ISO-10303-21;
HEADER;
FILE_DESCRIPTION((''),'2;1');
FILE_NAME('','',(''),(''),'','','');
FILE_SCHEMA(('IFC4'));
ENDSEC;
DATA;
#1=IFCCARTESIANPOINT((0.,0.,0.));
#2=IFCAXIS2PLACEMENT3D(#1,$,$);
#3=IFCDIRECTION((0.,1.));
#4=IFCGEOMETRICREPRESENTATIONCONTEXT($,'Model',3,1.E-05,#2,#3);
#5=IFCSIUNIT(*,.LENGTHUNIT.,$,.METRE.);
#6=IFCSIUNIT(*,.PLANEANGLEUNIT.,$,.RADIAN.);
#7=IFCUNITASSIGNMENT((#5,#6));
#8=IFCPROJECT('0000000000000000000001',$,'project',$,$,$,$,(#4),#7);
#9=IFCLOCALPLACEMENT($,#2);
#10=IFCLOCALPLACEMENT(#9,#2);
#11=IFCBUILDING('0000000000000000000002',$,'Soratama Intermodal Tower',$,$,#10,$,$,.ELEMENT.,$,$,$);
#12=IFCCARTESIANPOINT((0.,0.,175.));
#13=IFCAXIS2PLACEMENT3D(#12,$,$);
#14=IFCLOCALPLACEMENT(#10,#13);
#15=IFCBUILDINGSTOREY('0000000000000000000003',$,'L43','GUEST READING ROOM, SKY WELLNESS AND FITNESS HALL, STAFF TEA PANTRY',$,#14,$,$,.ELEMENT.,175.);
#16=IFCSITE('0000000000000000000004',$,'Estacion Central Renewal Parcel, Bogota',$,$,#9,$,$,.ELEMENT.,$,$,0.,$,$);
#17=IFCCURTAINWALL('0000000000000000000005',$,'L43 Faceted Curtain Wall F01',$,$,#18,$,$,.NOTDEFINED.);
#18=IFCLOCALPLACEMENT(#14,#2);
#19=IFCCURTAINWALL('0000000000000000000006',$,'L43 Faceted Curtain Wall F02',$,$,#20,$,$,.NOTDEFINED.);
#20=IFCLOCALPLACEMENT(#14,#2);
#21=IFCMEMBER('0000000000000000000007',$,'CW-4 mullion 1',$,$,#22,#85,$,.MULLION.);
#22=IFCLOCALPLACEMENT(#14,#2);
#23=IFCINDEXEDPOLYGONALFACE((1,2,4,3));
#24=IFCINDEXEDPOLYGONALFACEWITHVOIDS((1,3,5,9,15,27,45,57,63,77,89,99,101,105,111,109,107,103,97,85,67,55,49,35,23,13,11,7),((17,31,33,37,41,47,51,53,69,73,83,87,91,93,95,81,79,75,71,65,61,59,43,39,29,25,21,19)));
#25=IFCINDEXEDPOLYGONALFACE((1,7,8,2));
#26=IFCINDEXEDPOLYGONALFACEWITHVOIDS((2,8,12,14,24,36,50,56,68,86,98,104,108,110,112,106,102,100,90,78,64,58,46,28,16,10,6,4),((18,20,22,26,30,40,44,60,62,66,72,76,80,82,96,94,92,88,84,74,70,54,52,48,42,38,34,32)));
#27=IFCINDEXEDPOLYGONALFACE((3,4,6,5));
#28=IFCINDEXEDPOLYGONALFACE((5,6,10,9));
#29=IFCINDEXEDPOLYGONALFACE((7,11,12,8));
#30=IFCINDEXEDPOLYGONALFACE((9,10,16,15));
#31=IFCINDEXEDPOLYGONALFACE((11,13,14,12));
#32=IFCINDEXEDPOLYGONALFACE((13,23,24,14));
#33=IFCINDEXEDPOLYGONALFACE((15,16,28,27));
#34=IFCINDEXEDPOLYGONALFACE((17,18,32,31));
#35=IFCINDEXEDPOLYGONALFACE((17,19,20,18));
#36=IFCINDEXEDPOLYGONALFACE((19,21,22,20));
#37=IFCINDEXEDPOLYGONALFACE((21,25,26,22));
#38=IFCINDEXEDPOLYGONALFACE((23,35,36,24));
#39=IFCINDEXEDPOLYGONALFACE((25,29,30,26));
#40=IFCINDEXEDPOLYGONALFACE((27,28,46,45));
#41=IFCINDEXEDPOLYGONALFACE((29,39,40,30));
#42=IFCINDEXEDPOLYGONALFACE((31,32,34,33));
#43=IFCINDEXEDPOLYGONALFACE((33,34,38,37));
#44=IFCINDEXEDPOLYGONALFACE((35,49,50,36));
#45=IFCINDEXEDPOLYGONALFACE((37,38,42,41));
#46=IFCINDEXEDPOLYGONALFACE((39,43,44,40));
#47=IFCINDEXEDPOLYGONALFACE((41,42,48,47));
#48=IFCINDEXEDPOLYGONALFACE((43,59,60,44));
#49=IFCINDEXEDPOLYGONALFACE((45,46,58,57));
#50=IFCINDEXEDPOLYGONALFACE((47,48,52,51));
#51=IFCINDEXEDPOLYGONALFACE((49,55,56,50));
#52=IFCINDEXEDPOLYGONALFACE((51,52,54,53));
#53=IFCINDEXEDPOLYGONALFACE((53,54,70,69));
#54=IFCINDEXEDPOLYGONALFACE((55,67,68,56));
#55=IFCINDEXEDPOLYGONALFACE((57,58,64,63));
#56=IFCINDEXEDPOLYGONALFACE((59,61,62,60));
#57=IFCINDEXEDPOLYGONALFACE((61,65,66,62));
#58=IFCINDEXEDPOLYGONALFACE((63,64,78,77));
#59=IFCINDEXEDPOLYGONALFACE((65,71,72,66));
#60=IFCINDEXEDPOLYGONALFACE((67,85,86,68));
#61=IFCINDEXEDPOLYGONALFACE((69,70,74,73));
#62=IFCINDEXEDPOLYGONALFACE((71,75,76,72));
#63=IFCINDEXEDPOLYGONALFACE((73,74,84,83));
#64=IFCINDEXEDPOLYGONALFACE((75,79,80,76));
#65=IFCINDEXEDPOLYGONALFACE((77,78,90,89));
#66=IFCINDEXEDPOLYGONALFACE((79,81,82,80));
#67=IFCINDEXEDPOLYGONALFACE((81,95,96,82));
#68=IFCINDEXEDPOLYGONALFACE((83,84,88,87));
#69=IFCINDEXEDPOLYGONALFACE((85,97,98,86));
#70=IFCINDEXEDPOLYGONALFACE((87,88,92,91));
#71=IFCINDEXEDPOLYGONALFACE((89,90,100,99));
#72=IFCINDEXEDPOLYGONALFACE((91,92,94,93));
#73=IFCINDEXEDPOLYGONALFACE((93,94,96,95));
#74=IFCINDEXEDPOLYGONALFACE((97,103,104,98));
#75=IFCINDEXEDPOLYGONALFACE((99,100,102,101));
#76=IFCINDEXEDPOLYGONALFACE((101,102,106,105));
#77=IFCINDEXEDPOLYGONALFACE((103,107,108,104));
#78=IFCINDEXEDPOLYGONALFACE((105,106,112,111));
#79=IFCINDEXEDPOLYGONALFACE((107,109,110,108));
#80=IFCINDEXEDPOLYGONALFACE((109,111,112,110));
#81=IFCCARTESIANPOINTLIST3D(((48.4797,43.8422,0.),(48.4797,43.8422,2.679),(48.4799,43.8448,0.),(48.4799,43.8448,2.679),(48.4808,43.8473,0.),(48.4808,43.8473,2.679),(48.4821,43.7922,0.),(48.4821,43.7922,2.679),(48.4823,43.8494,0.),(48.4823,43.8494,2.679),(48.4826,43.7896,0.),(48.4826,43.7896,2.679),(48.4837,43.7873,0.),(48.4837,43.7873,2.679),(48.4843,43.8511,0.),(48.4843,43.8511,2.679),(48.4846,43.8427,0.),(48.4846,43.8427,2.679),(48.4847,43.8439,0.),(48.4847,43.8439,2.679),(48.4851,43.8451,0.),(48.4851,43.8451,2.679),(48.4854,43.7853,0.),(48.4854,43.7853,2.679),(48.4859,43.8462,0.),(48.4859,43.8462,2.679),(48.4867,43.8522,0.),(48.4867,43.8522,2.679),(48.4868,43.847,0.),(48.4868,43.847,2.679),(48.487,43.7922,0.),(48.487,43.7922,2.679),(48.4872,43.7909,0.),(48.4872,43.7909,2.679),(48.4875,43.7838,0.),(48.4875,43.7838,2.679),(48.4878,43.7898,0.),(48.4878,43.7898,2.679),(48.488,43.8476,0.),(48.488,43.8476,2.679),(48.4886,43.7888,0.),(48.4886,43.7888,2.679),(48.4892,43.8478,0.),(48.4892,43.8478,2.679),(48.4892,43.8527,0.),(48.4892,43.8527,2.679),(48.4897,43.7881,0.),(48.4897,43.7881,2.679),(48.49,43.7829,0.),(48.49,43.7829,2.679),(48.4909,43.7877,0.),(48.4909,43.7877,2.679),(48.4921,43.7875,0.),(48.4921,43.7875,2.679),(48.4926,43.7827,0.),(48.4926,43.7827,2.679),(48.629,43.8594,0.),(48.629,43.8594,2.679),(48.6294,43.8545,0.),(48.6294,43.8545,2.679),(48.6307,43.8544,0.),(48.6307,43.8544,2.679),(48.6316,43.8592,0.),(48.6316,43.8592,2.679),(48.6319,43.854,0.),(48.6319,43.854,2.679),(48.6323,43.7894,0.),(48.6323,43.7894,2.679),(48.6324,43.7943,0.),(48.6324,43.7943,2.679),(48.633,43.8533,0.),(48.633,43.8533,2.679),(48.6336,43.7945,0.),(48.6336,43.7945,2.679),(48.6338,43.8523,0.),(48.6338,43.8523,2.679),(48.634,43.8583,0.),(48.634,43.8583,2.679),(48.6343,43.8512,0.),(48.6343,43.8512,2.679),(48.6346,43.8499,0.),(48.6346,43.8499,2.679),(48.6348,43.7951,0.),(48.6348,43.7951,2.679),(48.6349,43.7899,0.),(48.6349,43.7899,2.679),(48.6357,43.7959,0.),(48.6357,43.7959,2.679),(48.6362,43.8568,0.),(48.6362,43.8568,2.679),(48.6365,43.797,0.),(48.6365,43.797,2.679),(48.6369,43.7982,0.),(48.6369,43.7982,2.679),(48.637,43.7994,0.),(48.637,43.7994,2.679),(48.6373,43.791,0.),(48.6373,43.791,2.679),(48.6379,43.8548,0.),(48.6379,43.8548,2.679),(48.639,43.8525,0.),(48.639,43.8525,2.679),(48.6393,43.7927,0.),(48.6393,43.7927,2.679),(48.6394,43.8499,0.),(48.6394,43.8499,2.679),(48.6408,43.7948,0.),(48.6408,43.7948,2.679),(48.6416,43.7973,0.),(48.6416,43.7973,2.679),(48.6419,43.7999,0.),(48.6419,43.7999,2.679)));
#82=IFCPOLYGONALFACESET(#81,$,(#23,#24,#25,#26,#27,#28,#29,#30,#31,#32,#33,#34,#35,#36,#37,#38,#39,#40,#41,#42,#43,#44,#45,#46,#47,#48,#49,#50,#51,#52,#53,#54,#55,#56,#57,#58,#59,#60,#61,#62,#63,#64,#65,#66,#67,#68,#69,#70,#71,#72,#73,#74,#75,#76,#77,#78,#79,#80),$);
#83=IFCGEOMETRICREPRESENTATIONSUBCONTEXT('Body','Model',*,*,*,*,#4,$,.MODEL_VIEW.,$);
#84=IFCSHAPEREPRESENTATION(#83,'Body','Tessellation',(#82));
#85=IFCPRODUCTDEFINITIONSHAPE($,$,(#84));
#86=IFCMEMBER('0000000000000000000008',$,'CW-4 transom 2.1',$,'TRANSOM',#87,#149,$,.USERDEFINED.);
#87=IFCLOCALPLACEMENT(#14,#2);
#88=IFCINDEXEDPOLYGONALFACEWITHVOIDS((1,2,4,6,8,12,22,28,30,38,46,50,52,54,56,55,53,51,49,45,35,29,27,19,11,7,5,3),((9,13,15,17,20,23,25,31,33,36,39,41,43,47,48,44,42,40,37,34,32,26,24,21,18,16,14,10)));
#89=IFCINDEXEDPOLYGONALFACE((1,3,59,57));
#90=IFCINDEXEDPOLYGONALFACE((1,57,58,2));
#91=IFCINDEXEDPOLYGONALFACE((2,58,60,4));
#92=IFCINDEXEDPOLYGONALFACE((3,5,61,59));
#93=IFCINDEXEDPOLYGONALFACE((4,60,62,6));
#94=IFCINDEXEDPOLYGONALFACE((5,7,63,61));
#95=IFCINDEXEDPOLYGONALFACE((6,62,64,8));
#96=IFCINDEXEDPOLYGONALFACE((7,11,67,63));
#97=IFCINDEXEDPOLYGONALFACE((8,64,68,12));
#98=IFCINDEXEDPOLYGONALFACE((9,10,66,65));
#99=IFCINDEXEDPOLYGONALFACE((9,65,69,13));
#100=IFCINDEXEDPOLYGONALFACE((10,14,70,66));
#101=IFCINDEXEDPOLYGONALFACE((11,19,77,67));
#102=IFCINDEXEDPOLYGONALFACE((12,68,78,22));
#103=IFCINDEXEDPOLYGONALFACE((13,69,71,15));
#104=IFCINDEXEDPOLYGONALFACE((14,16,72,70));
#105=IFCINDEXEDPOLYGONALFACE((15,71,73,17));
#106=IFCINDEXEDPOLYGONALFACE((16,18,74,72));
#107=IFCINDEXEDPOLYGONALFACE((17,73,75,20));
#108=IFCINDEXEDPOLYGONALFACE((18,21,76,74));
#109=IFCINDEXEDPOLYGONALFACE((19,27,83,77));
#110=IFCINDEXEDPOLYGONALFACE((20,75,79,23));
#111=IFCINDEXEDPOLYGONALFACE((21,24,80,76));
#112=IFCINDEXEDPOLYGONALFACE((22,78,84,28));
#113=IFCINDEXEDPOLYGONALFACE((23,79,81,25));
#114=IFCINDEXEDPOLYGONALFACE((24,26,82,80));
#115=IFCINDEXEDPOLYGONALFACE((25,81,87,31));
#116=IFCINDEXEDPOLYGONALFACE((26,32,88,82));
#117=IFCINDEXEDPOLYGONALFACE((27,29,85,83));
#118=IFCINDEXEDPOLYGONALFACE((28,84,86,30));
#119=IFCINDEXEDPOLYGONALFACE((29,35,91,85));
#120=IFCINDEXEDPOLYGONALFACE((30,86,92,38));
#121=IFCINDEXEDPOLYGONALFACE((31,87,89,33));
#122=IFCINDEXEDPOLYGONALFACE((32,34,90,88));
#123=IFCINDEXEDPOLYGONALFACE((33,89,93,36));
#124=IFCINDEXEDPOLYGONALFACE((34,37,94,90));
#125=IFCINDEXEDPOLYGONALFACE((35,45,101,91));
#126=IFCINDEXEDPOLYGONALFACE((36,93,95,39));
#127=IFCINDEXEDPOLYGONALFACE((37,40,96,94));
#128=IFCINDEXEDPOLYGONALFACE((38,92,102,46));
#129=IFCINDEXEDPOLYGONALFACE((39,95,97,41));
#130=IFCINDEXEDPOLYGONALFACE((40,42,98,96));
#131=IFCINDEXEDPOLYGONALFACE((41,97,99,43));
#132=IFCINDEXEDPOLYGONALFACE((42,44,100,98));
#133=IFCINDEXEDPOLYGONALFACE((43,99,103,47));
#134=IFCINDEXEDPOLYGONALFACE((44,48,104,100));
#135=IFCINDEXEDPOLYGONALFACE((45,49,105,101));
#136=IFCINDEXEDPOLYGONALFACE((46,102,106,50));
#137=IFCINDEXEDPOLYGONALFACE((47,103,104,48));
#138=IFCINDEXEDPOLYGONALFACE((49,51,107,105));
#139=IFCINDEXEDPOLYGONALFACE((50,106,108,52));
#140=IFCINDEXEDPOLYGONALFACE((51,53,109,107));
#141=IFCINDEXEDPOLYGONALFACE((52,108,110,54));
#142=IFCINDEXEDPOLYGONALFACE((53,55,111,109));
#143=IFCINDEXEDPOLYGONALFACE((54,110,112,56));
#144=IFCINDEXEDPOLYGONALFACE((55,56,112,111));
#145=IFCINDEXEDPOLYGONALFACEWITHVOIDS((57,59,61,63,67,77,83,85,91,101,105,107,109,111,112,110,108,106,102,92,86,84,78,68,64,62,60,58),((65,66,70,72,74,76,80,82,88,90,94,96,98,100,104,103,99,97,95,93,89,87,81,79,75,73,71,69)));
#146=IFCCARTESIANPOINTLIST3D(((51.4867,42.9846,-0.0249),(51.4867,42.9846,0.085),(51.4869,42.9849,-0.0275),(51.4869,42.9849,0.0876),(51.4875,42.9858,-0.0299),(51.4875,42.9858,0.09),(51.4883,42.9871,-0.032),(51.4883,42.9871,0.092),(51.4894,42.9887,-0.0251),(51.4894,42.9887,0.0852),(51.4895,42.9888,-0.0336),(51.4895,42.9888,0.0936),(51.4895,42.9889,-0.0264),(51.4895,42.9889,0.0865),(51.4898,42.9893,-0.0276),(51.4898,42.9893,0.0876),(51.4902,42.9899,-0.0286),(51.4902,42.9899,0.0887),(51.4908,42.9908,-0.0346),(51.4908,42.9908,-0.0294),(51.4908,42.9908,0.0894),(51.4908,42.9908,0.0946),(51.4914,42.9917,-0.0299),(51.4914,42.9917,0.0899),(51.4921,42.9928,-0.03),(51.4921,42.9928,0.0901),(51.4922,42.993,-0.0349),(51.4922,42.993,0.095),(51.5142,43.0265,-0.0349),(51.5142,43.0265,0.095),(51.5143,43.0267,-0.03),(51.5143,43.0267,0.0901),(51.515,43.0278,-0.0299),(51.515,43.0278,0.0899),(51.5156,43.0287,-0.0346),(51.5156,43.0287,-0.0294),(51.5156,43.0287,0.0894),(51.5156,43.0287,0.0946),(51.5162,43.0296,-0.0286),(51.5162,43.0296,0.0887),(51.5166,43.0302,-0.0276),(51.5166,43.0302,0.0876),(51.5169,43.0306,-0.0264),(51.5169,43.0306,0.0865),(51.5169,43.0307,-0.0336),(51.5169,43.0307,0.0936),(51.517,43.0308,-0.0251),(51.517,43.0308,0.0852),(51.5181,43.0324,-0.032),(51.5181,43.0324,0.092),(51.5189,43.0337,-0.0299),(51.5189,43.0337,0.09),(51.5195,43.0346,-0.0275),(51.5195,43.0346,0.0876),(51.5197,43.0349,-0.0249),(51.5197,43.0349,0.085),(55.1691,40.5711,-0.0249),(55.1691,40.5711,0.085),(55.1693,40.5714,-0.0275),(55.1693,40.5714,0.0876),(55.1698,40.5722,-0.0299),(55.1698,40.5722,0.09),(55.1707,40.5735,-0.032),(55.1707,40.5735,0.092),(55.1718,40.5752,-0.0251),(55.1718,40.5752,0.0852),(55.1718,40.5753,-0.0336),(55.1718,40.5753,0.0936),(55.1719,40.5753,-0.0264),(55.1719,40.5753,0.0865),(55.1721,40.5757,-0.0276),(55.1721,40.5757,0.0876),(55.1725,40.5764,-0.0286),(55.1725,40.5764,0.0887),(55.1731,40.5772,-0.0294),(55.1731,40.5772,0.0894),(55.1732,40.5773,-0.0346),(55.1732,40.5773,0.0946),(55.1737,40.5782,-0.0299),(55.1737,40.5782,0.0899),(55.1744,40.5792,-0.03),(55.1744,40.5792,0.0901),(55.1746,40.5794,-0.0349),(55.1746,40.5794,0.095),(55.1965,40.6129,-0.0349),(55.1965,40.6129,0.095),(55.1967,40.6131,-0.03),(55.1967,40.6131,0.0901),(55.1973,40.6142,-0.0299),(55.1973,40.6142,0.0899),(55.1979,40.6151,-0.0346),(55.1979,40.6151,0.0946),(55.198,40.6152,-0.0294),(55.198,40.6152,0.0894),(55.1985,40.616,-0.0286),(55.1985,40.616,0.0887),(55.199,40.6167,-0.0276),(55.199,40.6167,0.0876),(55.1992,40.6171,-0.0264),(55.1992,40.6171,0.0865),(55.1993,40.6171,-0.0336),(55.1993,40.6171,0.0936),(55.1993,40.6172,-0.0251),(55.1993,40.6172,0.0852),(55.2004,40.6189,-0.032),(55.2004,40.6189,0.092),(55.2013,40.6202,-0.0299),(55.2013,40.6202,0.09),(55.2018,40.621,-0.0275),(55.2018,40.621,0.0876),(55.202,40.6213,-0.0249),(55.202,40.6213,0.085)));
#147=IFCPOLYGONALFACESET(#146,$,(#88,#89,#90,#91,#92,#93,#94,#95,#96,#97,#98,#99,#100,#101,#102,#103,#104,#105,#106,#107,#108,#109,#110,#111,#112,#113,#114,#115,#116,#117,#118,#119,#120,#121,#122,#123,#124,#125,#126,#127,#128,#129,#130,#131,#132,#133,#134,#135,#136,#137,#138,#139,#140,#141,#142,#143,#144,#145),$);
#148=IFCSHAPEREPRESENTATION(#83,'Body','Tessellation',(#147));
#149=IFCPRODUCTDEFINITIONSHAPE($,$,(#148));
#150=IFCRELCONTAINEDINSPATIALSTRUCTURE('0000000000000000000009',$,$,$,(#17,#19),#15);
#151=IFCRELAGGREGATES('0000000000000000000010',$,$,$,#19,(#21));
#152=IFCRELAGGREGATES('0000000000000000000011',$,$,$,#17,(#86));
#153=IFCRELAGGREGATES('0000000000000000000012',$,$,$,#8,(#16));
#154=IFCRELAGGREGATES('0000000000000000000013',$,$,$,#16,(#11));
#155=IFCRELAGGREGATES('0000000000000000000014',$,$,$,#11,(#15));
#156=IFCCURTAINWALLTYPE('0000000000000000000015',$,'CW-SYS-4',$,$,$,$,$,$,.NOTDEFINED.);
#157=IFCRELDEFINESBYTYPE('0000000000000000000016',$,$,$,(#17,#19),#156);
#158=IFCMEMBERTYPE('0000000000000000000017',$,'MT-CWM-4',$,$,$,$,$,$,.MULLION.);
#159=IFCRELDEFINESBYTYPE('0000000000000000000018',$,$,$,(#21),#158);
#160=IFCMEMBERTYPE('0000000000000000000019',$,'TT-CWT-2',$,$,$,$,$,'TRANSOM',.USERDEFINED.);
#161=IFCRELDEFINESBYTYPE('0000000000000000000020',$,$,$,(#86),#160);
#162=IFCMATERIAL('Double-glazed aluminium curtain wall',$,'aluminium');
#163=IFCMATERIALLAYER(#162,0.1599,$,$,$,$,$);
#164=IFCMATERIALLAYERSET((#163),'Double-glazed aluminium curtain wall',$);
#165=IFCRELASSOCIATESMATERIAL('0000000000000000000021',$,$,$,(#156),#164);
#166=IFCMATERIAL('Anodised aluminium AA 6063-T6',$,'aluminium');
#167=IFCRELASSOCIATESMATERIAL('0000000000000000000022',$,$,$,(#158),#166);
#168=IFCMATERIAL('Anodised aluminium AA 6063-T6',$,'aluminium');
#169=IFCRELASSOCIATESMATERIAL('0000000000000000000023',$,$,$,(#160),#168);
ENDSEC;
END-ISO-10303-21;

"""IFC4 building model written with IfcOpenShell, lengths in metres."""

from ifc_helpers import new_model, si_unit, direction, frame, origin, origin_2d, place, context, subcontext, project, spatial, hollow_rectangle, extrude, material, layer, layer_set, material_profile, profile_set, type_object, element, aggregate, save


model = new_model("IFC4")

# Units and contexts
model_context = context("Model", 3, precision=1e-05, world=origin(), true_north=direction((0.0, 1.0)))
body_context = subcontext(model_context, "Body", "Model", "MODEL_VIEW")
ifc_project = project(units=[si_unit("LENGTHUNIT", "METRE"), si_unit("PLANEANGLEUNIT", "RADIAN")], contexts=[model_context])

# Site, building, storey
site_placement = place(None, origin())
site = spatial("IfcSite", under=ifc_project, at=site_placement, Name="Estacion Central Renewal Parcel, Bogota", CompositionType="ELEMENT", RefElevation=0.0)
building_placement = place(site_placement, origin())
building = spatial("IfcBuilding", under=site, at=building_placement, Name="Soratama Intermodal Tower", CompositionType="ELEMENT")
storey_placement = place(building_placement, frame((0.0, 0.0, 175.0)))
storey = spatial("IfcBuildingStorey", under=building, at=storey_placement, Name="L43", Description="GUEST READING ROOM, SKY WELLNESS AND FITNESS HALL, STAFF TEA PANTRY", CompositionType="ELEMENT", Elevation=175.0)

# Curtain wall
ifc_material_1 = material(Name="Double-glazed aluminium curtain wall", Category="aluminium")
ifc_layer_1 = layer(ifc_material_1, 0.1599)
ifc_layer_set_1 = layer_set([ifc_layer_1], Name="Double-glazed aluminium curtain wall")
curtain_wall_type = type_object("IfcCurtainWallType", Name="CW-SYS-4", PredefinedType="NOTDEFINED", material=ifc_layer_set_1)
curtain_wall_1_placement = place(storey_placement, origin())
curtain_wall_1 = element("IfcCurtainWall", 1, at=curtain_wall_1_placement, inside=storey, type_object=curtain_wall_type, Name="L43 Faceted Curtain Wall F01", PredefinedType="NOTDEFINED")
ifc_material_2 = material(Name="Anodised aluminium AA 6063-T6", Category="aluminium")
ifc_material_profile_1 = material_profile(ifc_material_2, hollow_rectangle(XDim=0.0701, YDim=0.1599, WallThickness=0.0049, InnerFilletRadius=0.0049, OuterFilletRadius=0.01, at=origin_2d()), Name="CWM160X70X5")
ifc_profile_set_1 = profile_set([ifc_material_profile_1], Name="Anodised aluminium AA 6063-T6")
member_type_1 = type_object("IfcMemberType", Name="MT-CWM-4", PredefinedType="MULLION", material=ifc_profile_set_1)

# Curtain wall, member
curtain_wall_2_placement = place(storey_placement, origin())
curtain_wall_2 = element("IfcCurtainWall", 2, at=curtain_wall_2_placement, inside=storey, type_object=curtain_wall_type, Name="L43 Faceted Curtain Wall F02", PredefinedType="NOTDEFINED")
member_1_placement = place(storey_placement, frame((48.5608, 43.821, 0.0), z_axis=(0.0, 0.0, 1.0), x_axis=(0.048154, -0.99884, 0.0)))
member_1 = element("IfcMember", 3, at=member_1_placement, type_object=member_type_1, Name="CW-4 mullion 1", PredefinedType="MULLION", context=body_context, shape_type="SweptSolid", body=[
    extrude(hollow_rectangle(XDim=0.0701, YDim=0.1599, WallThickness=0.0049, InnerFilletRadius=0.0049, OuterFilletRadius=0.01, at=origin_2d()), origin(), (0.0, 0.0, 1.0), 2.679),
])

# Member
ifc_material_3 = material(Name="Anodised aluminium AA 6063-T6", Category="aluminium")
ifc_material_profile_2 = material_profile(ifc_material_3, hollow_rectangle(XDim=0.0601, YDim=0.1299, WallThickness=0.0049, InnerFilletRadius=0.0049, OuterFilletRadius=0.01, at=origin_2d()), Name="CWT130X60X5")
ifc_profile_set_2 = profile_set([ifc_material_profile_2], Name="Anodised aluminium AA 6063-T6")
member_type_2 = type_object("IfcMemberType", Name="TT-CWT-2", ElementType="TRANSOM", PredefinedType="USERDEFINED", material=ifc_profile_set_2)
member_2_placement = place(storey_placement, frame((55.1855, 40.5962, 0.03), z_axis=(-0.836359, 0.548183, 0.0), x_axis=(-0.548183, -0.836359, 0.0)))
member_2 = element("IfcMember", 4, at=member_2_placement, type_object=member_type_2, Name="CW-4 transom 2.1", ObjectType="TRANSOM", PredefinedType="USERDEFINED", context=body_context, shape_type="SweptSolid", body=[
    extrude(hollow_rectangle(XDim=0.0601, YDim=0.1299, WallThickness=0.0049, InnerFilletRadius=0.0049, OuterFilletRadius=0.01, at=origin_2d()), origin(), (0.0, 0.0, 1.0), 4.4028),
])
aggregate(curtain_wall_2, [member_1])

aggregate(curtain_wall_1, [member_2])

save(model, "model.ifc")
